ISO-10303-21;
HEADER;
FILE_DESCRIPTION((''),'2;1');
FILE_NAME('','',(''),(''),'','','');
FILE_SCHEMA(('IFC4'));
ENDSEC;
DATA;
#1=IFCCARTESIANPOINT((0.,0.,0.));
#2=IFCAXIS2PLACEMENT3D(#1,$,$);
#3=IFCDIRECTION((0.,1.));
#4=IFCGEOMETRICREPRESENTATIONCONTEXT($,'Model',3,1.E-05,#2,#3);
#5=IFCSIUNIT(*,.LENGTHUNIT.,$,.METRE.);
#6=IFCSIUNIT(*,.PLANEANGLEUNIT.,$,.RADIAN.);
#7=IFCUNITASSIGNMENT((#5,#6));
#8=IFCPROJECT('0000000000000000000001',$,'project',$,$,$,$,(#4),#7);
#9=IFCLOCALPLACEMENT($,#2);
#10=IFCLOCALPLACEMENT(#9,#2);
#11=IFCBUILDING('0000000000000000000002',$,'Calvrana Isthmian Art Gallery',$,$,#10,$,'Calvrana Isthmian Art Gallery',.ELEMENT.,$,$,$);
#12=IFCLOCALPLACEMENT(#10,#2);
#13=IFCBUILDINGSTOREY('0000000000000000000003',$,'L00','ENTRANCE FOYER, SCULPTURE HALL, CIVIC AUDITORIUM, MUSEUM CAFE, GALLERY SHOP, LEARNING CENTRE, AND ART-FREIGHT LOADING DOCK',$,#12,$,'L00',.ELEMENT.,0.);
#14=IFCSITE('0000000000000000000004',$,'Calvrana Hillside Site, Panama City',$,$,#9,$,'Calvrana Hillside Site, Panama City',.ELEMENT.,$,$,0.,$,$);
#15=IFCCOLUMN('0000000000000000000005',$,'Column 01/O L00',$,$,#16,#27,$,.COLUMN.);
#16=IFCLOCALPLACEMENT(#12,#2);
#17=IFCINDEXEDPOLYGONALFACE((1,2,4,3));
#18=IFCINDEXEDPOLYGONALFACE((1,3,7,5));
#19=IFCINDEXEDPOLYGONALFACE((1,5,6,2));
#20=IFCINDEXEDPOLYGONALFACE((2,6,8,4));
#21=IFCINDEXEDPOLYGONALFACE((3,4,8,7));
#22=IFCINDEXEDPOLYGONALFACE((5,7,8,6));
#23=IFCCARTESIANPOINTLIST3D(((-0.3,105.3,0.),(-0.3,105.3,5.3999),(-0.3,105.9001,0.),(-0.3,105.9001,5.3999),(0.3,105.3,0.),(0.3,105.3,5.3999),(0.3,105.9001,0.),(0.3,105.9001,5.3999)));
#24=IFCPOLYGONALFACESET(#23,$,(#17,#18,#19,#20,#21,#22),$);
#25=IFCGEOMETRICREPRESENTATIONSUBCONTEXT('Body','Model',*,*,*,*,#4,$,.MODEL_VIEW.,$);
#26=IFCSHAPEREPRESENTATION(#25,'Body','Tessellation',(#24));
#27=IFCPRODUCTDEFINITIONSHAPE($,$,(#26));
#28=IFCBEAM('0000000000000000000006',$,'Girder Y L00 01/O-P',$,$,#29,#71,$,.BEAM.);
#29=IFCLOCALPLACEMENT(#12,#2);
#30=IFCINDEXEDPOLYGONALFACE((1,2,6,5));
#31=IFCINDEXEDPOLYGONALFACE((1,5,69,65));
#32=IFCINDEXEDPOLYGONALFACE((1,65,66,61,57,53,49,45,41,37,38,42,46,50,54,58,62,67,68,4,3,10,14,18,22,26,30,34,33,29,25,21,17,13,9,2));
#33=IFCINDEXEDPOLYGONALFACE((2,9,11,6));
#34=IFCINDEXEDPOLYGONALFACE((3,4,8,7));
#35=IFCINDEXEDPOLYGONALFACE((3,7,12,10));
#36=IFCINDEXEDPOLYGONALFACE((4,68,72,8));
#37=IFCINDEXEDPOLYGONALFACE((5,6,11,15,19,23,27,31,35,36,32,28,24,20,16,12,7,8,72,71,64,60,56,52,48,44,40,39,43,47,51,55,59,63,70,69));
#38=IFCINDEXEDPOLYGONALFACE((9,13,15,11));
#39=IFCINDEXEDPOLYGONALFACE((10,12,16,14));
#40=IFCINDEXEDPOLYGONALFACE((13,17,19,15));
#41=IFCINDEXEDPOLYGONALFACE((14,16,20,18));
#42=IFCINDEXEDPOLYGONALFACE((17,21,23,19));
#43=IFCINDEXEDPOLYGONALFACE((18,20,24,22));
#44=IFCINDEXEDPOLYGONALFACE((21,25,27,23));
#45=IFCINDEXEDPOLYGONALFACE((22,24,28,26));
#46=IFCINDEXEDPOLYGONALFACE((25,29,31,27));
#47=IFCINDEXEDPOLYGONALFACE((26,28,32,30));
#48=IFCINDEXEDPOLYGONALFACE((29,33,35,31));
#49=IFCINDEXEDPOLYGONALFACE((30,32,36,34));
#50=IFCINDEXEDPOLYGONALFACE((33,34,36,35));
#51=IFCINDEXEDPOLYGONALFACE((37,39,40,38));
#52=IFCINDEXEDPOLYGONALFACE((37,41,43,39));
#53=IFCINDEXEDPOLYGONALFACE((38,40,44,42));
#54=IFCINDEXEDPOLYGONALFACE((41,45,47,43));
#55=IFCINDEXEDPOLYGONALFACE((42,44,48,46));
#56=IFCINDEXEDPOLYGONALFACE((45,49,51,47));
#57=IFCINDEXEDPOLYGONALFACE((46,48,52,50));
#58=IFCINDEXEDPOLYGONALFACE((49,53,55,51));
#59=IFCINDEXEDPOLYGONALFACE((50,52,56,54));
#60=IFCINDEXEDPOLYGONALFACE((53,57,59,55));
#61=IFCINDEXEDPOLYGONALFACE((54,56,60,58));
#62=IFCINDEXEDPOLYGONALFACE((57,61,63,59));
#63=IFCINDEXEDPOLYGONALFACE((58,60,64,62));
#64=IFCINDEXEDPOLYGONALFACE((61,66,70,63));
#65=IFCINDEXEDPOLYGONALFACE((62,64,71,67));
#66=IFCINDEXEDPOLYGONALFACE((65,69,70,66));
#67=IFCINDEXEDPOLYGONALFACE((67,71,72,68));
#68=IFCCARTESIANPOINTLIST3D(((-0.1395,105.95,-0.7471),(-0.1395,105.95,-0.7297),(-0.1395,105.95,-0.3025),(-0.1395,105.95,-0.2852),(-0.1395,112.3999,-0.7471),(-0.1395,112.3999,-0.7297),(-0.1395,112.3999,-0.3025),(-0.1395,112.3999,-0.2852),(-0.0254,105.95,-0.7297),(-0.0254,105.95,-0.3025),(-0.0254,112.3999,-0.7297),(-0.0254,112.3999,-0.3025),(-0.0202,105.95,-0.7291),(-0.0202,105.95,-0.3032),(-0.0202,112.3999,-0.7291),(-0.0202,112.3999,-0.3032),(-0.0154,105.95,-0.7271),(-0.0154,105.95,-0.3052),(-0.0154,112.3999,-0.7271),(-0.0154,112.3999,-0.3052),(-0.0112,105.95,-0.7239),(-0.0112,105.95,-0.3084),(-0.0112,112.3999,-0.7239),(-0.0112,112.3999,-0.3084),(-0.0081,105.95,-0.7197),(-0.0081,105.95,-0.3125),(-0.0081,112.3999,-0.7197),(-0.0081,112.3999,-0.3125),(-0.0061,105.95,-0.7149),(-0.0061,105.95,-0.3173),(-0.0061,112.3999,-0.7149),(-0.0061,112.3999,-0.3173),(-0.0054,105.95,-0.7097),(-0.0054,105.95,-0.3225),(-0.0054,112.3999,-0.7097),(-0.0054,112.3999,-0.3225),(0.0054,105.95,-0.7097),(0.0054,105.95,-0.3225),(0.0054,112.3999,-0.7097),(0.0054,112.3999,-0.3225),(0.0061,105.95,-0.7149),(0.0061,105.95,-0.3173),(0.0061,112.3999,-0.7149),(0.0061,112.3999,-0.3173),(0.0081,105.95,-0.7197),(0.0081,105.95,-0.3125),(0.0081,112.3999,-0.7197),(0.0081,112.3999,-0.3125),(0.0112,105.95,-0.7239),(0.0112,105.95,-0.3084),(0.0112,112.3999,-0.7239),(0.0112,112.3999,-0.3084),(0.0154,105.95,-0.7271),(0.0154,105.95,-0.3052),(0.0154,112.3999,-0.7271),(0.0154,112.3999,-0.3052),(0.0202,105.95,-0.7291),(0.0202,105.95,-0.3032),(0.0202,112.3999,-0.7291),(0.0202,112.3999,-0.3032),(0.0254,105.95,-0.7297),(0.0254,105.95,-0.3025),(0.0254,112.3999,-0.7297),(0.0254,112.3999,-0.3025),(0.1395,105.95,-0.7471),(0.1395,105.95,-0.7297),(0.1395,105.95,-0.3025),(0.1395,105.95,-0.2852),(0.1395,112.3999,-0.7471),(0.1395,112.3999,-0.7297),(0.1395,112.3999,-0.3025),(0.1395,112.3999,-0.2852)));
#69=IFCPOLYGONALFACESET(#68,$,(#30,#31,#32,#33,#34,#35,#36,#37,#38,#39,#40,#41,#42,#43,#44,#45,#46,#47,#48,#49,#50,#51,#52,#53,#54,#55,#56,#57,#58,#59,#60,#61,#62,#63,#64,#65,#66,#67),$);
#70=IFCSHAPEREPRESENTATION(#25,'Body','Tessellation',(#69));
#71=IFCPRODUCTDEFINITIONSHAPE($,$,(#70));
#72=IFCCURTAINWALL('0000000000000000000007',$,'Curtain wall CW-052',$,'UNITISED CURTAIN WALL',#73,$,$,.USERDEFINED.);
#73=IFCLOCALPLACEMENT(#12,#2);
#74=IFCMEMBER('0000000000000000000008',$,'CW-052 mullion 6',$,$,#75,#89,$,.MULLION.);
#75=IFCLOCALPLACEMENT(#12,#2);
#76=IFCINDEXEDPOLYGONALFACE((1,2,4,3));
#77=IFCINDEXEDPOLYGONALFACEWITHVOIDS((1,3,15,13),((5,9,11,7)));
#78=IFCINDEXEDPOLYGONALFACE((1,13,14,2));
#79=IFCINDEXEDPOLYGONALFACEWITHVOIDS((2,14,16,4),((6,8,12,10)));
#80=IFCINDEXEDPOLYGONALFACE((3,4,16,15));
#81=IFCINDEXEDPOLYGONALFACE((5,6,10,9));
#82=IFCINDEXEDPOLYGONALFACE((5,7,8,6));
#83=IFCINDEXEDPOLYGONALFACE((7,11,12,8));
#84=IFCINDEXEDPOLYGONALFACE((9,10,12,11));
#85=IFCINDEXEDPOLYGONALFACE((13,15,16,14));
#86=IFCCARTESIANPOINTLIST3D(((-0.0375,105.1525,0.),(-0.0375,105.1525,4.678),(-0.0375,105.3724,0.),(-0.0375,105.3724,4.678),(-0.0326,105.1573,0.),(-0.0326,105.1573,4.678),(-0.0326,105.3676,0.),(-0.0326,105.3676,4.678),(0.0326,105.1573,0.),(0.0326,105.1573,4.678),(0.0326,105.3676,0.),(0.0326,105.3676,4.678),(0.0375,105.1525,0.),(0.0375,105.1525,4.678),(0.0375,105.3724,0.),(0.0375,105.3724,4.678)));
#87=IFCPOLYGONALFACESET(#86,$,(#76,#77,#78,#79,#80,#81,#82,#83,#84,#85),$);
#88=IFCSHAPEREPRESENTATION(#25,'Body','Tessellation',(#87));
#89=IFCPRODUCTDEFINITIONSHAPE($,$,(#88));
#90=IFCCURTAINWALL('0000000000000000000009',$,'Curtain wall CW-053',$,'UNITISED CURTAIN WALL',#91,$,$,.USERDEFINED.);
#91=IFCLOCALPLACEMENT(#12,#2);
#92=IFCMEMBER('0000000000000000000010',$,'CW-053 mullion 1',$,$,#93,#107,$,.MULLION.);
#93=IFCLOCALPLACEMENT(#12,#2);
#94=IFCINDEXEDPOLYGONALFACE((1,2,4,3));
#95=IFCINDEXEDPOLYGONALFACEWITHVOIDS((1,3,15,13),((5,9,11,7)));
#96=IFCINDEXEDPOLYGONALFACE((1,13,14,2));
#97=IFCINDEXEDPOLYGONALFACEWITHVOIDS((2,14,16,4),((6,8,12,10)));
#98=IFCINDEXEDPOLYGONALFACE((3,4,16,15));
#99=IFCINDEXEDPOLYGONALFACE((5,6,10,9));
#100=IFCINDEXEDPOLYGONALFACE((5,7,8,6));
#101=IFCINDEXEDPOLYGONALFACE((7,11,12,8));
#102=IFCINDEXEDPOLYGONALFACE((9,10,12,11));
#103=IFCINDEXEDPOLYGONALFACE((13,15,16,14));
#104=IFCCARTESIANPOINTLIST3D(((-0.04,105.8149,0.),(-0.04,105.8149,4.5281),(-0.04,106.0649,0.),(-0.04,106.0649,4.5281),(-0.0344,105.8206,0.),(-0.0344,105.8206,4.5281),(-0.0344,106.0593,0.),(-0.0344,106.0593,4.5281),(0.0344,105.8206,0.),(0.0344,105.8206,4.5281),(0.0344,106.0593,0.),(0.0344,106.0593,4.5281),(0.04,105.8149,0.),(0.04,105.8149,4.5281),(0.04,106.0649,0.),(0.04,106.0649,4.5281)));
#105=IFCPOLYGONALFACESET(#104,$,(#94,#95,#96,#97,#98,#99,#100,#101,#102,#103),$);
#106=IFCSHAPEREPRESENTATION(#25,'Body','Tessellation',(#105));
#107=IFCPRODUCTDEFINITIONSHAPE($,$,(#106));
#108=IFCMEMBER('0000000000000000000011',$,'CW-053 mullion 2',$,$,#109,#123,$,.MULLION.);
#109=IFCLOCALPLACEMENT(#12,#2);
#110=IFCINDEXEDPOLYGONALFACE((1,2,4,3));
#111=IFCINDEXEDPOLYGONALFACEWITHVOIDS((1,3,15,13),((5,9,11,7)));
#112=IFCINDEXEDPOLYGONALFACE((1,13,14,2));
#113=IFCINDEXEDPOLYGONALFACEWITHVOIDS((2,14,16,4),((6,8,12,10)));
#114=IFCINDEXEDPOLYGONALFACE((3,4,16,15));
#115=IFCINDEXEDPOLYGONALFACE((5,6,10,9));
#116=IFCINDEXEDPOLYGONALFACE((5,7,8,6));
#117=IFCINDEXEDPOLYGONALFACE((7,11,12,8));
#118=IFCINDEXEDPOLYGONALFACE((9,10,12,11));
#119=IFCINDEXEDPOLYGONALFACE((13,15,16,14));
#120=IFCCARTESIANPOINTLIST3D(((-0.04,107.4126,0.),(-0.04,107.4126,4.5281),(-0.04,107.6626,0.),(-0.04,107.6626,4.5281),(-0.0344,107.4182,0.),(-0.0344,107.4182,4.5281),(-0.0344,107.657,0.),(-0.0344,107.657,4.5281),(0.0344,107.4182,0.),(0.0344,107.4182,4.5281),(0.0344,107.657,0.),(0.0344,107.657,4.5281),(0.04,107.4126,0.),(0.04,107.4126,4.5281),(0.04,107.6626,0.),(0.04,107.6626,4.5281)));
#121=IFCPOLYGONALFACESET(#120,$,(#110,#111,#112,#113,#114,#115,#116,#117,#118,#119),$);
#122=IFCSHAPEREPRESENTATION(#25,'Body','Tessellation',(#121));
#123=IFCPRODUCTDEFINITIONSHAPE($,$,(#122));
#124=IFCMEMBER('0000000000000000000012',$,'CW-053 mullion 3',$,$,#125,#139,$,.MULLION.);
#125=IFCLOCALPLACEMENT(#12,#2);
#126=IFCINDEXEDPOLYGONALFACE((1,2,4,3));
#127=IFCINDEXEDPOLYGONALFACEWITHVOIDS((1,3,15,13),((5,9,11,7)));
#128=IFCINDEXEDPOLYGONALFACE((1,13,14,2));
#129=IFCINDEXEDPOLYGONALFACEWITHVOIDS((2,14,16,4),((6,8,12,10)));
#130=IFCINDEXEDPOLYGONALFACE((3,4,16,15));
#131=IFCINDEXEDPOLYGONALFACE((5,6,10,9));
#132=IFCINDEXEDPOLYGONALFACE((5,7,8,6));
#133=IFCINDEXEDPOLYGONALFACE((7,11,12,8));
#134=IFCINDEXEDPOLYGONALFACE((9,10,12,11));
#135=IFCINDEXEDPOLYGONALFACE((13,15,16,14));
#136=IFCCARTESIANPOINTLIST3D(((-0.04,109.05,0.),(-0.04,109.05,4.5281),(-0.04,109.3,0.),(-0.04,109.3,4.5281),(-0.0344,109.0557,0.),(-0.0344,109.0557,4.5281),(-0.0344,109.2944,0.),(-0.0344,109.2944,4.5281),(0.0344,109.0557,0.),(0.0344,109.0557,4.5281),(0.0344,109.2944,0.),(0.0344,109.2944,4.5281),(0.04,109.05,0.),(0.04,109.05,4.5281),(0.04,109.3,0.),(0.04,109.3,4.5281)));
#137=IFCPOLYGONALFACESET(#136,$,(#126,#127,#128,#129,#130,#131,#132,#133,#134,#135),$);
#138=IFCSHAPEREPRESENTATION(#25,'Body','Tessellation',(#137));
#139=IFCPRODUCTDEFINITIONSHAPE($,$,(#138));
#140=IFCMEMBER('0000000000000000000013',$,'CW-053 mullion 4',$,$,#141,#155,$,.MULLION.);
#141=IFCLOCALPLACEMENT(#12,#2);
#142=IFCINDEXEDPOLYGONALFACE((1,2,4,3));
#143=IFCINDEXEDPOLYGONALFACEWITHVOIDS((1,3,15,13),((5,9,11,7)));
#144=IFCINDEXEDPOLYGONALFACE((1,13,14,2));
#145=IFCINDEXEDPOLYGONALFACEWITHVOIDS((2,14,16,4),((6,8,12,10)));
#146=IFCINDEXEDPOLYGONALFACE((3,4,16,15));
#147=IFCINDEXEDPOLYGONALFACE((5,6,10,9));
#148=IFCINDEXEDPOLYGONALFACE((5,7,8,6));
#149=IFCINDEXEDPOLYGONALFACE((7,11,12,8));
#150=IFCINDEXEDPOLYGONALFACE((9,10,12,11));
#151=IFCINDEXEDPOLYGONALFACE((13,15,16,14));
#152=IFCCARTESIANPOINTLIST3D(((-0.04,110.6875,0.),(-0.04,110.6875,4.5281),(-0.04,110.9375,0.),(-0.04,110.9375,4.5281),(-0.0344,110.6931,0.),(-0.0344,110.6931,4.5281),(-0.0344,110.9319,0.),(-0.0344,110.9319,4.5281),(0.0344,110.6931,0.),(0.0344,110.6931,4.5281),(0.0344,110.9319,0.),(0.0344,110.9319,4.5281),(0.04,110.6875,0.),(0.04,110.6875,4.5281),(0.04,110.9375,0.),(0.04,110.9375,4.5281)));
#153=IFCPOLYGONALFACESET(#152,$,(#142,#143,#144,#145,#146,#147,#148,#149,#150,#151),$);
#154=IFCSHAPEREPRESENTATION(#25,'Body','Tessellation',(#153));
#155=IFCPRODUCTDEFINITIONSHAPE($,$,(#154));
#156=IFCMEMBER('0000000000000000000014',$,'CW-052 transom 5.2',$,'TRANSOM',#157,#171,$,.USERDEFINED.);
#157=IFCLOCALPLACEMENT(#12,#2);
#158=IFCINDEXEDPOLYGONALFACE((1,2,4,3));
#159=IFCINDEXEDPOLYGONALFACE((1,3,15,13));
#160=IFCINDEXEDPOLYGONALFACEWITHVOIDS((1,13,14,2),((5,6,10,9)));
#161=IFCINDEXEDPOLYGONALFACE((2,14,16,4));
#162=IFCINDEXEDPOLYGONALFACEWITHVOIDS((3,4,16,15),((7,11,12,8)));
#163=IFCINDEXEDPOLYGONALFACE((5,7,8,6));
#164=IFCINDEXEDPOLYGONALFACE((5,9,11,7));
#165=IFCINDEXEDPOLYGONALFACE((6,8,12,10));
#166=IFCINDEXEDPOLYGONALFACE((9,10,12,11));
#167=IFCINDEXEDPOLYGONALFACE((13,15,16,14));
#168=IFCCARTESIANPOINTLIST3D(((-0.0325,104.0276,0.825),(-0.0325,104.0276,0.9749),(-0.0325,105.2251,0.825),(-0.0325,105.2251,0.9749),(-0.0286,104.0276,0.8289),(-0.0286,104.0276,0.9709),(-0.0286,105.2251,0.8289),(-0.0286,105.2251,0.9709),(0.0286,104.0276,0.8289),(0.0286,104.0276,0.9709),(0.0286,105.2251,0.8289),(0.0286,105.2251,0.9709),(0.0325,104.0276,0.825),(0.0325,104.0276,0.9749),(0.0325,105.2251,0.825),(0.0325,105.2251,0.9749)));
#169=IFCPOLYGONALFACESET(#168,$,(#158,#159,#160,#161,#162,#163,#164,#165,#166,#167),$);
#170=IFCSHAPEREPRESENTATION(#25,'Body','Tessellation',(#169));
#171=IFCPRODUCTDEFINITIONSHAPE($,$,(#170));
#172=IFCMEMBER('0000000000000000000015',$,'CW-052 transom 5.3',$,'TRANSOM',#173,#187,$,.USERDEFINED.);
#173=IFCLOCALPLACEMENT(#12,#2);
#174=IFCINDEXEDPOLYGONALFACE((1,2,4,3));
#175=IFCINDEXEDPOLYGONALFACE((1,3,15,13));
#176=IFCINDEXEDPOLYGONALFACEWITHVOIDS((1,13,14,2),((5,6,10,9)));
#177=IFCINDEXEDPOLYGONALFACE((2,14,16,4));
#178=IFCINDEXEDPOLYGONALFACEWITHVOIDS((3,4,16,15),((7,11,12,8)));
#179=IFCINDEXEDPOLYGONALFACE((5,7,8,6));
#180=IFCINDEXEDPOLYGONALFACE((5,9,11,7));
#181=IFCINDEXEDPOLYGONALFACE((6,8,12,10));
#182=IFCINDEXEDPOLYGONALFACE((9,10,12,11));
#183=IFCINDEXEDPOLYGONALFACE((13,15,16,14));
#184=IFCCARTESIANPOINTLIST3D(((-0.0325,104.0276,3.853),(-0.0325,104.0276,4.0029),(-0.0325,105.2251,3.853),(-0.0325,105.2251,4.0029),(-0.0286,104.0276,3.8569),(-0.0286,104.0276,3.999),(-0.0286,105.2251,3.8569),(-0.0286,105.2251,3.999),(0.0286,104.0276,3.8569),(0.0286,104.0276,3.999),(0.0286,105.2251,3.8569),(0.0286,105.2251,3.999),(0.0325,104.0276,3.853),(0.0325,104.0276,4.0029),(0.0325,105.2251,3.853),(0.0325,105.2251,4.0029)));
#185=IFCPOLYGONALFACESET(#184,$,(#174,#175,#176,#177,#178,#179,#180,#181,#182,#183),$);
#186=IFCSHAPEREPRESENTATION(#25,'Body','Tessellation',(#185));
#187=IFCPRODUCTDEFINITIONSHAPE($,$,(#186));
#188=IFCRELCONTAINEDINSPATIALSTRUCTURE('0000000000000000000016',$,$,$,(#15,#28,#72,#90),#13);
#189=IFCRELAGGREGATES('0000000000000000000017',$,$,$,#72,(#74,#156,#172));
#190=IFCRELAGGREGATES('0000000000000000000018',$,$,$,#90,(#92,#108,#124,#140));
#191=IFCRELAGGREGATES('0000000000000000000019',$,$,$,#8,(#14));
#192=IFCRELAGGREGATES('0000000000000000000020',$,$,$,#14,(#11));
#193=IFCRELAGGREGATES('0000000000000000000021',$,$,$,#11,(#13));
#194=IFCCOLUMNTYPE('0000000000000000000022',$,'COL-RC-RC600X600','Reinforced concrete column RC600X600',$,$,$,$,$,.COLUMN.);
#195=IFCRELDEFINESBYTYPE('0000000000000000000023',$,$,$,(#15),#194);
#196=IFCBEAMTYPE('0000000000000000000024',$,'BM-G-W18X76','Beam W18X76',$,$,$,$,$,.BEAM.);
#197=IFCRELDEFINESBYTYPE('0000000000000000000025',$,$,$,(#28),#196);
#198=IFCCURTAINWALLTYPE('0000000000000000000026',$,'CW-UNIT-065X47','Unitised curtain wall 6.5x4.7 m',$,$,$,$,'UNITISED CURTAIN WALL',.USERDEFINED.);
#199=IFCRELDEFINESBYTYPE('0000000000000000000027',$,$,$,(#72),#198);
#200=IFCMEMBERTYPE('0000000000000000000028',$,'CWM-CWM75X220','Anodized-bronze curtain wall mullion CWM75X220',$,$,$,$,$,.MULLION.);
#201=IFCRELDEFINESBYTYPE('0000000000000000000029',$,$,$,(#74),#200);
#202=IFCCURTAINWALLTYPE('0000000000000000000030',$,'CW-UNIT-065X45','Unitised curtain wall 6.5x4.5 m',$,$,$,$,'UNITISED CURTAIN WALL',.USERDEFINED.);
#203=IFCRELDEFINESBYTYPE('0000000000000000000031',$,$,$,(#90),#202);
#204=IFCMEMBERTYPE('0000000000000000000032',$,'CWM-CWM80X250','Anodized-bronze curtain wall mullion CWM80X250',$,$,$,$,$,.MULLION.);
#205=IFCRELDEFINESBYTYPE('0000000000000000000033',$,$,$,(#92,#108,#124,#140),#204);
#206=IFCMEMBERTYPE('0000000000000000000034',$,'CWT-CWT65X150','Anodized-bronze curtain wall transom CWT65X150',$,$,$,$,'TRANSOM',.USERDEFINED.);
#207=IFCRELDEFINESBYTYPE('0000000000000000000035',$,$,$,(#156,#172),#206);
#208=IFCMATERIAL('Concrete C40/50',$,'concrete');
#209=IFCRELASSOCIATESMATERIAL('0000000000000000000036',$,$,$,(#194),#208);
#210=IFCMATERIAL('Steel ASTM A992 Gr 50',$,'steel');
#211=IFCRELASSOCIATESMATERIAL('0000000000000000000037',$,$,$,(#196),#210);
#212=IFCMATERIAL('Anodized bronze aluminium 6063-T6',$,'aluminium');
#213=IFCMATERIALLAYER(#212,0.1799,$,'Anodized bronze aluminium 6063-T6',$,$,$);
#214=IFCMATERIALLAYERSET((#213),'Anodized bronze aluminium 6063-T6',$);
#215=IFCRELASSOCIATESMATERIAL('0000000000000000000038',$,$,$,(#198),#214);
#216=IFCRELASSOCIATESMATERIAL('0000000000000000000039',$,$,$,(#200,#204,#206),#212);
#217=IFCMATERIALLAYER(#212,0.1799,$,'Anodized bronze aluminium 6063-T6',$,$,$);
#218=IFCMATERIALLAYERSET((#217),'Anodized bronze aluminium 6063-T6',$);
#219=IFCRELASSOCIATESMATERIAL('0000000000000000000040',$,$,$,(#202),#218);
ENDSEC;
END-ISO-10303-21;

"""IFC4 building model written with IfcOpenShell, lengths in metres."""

from ifc_helpers import new_model, si_unit, direction, frame, origin, origin_2d, place, context, subcontext, project, spatial, rectangle, hollow_rectangle, i_section, extrude, material, layer, layer_set, material_profile, profile_set, type_object, element, aggregate, save


model = new_model("IFC4")

# Units and contexts
model_context = context("Model", 3, precision=1e-05, world=origin(), true_north=direction((0.0, 1.0)))
body_context = subcontext(model_context, "Body", "Model", "MODEL_VIEW")
ifc_project = project(units=[si_unit("LENGTHUNIT", "METRE"), si_unit("PLANEANGLEUNIT", "RADIAN")], contexts=[model_context])

# Site, building, storey
site_placement = place(None, origin())
site = spatial("IfcSite", under=ifc_project, at=site_placement, Name="Calvrana Hillside Site, Panama City", LongName="Calvrana Hillside Site, Panama City", CompositionType="ELEMENT", RefElevation=0.0)
building_placement = place(site_placement, origin())
building = spatial("IfcBuilding", under=site, at=building_placement, Name="Calvrana Isthmian Art Gallery", LongName="Calvrana Isthmian Art Gallery", CompositionType="ELEMENT")
storey_placement = place(building_placement, origin())
storey = spatial("IfcBuildingStorey", under=building, at=storey_placement, Name="L00", Description="ENTRANCE FOYER, SCULPTURE HALL, CIVIC AUDITORIUM, MUSEUM CAFE, GALLERY SHOP, LEARNING CENTRE, AND ART-FREIGHT LOADING DOCK", LongName="L00", CompositionType="ELEMENT", Elevation=0.0)

# Column
ifc_material_1 = material(Name="Concrete C40/50", Category="concrete")
ifc_material_profile_1 = material_profile(ifc_material_1, rectangle(XDim=0.6001, YDim=0.6001, at=origin_2d()), Name="RC600X600")
ifc_profile_set_1 = profile_set([ifc_material_profile_1], Name="Concrete C40/50")
column_type = type_object("IfcColumnType", Name="COL-RC-RC600X600", Description="Reinforced concrete column RC600X600", PredefinedType="COLUMN", material=ifc_profile_set_1)
column_placement = place(storey_placement, frame((0.0, 105.6001, 0.0), z_axis=(0.0, 0.0, 1.0), x_axis=(1.0, 0.0, 0.0)))
element("IfcColumn", 1, at=column_placement, inside=storey, type_object=column_type, Name="Column 01/O L00", PredefinedType="COLUMN", context=body_context, shape_type="SweptSolid", body=[
    extrude(rectangle(XDim=0.6001, YDim=0.6001, at=origin_2d()), origin(), (0.0, 0.0, 1.0), 5.3999),
])

# Beam
ifc_material_2 = material(Name="Steel ASTM A992 Gr 50", Category="steel")
ifc_material_profile_2 = material_profile(ifc_material_2, i_section(OverallWidth=0.2791, OverallDepth=0.4619, WebThickness=0.0107, FlangeThickness=0.0173, FilletRadius=0.02, at=origin_2d()), Name="W18X76")
ifc_profile_set_2 = profile_set([ifc_material_profile_2], Name="Steel ASTM A992 Gr 50")
beam_type = type_object("IfcBeamType", Name="BM-G-W18X76", Description="Beam W18X76", PredefinedType="BEAM", material=ifc_profile_set_2)
beam_placement = place(storey_placement, frame((0.0, 105.95, -0.5161), z_axis=(0.0, 1.0, 0.0), x_axis=(-1.0, 0.0, 0.0)))
element("IfcBeam", 2, at=beam_placement, inside=storey, type_object=beam_type, Name="Girder Y L00 01/O-P", PredefinedType="BEAM", context=body_context, shape_type="SweptSolid", body=[
    extrude(i_section(OverallWidth=0.2791, OverallDepth=0.4619, WebThickness=0.0107, FlangeThickness=0.0173, FilletRadius=0.02, at=origin_2d()), origin(), (0.0, 0.0, 1.0), 6.45),
])

# Curtain wall, member
ifc_material_3 = material(Name="Anodized bronze aluminium 6063-T6", Category="aluminium")
ifc_layer_1 = layer(ifc_material_3, 0.1799, Name="Anodized bronze aluminium 6063-T6")
ifc_layer_set_1 = layer_set([ifc_layer_1], Name="Anodized bronze aluminium 6063-T6")
curtain_wall_type_1 = type_object("IfcCurtainWallType", Name="CW-UNIT-065X47", Description="Unitised curtain wall 6.5x4.7 m", ElementType="UNITISED CURTAIN WALL", PredefinedType="USERDEFINED", material=ifc_layer_set_1)
curtain_wall_1_placement = place(storey_placement, origin())
curtain_wall_1 = element("IfcCurtainWall", 3, at=curtain_wall_1_placement, inside=storey, type_object=curtain_wall_type_1, Name="Curtain wall CW-052", ObjectType="UNITISED CURTAIN WALL", PredefinedType="USERDEFINED")
ifc_material_profile_3 = material_profile(ifc_material_3, hollow_rectangle(XDim=0.075, YDim=0.22, WallThickness=0.0049, at=origin_2d()), Name="CWM75X220")
ifc_profile_set_3 = profile_set([ifc_material_profile_3], Name="Anodized bronze aluminium 6063-T6")
member_type_1 = type_object("IfcMemberType", Name="CWM-CWM75X220", Description="Anodized-bronze curtain wall mullion CWM75X220", PredefinedType="MULLION", material=ifc_profile_set_3)
member_1_placement = place(storey_placement, frame((0.0, 105.2625, 0.0), z_axis=(0.0, 0.0, 1.0), x_axis=(-1.0, 0.0, 0.0)))
member_1 = element("IfcMember", 4, at=member_1_placement, type_object=member_type_1, Name="CW-052 mullion 6", PredefinedType="MULLION", context=body_context, shape_type="SweptSolid", body=[
    extrude(hollow_rectangle(XDim=0.075, YDim=0.22, WallThickness=0.0049, at=origin_2d()), origin(), (0.0, 0.0, 1.0), 4.678),
])

# Curtain wall, members
ifc_layer_2 = layer(ifc_material_3, 0.1799, Name="Anodized bronze aluminium 6063-T6")
ifc_layer_set_2 = layer_set([ifc_layer_2], Name="Anodized bronze aluminium 6063-T6")
curtain_wall_type_2 = type_object("IfcCurtainWallType", Name="CW-UNIT-065X45", Description="Unitised curtain wall 6.5x4.5 m", ElementType="UNITISED CURTAIN WALL", PredefinedType="USERDEFINED", material=ifc_layer_set_2)
curtain_wall_2_placement = place(storey_placement, origin())
curtain_wall_2 = element("IfcCurtainWall", 5, at=curtain_wall_2_placement, inside=storey, type_object=curtain_wall_type_2, Name="Curtain wall CW-053", ObjectType="UNITISED CURTAIN WALL", PredefinedType="USERDEFINED")
ifc_material_profile_4 = material_profile(ifc_material_3, hollow_rectangle(XDim=0.0801, YDim=0.25, WallThickness=0.0056, at=origin_2d()), Name="CWM80X250")
ifc_profile_set_4 = profile_set([ifc_material_profile_4], Name="Anodized bronze aluminium 6063-T6")
member_type_2 = type_object("IfcMemberType", Name="CWM-CWM80X250", Description="Anodized-bronze curtain wall mullion CWM80X250", PredefinedType="MULLION", material=ifc_profile_set_4)
member_2_placement = place(storey_placement, frame((0.0, 105.9399, 0.0), z_axis=(0.0, 0.0, 1.0), x_axis=(-1.0, 0.0, 0.0)))
member_2 = element("IfcMember", 6, at=member_2_placement, type_object=member_type_2, Name="CW-053 mullion 1", PredefinedType="MULLION", context=body_context, shape_type="SweptSolid", body=[
    extrude(hollow_rectangle(XDim=0.0801, YDim=0.25, WallThickness=0.0056, at=origin_2d()), origin(), (0.0, 0.0, 1.0), 4.5281),
])
member_3_placement = place(storey_placement, frame((0.0, 107.5376, 0.0), z_axis=(0.0, 0.0, 1.0), x_axis=(-1.0, 0.0, 0.0)))
member_3 = element("IfcMember", 7, at=member_3_placement, type_object=member_type_2, Name="CW-053 mullion 2", PredefinedType="MULLION", context=body_context, shape_type="SweptSolid", body=[
    extrude(hollow_rectangle(XDim=0.0801, YDim=0.25, WallThickness=0.0056, at=origin_2d()), origin(), (0.0, 0.0, 1.0), 4.5281),
])
member_4_placement = place(storey_placement, frame((0.0, 109.175, 0.0), z_axis=(0.0, 0.0, 1.0), x_axis=(-1.0, 0.0, 0.0)))
member_4 = element("IfcMember", 8, at=member_4_placement, type_object=member_type_2, Name="CW-053 mullion 3", PredefinedType="MULLION", context=body_context, shape_type="SweptSolid", body=[
    extrude(hollow_rectangle(XDim=0.0801, YDim=0.25, WallThickness=0.0056, at=origin_2d()), origin(), (0.0, 0.0, 1.0), 4.5281),
])
member_5_placement = place(storey_placement, frame((0.0, 110.8125, 0.0), z_axis=(0.0, 0.0, 1.0), x_axis=(-1.0, 0.0, 0.0)))
member_5 = element("IfcMember", 9, at=member_5_placement, type_object=member_type_2, Name="CW-053 mullion 4", PredefinedType="MULLION", context=body_context, shape_type="SweptSolid", body=[
    extrude(hollow_rectangle(XDim=0.0801, YDim=0.25, WallThickness=0.0056, at=origin_2d()), origin(), (0.0, 0.0, 1.0), 4.5281),
])

# Members
ifc_material_profile_5 = material_profile(ifc_material_3, hollow_rectangle(XDim=0.0649, YDim=0.1499, WallThickness=0.0039, at=origin_2d()), Name="CWT65X150")
ifc_profile_set_5 = profile_set([ifc_material_profile_5], Name="Anodized bronze aluminium 6063-T6")
member_type_3 = type_object("IfcMemberType", Name="CWT-CWT65X150", Description="Anodized-bronze curtain wall transom CWT65X150", ElementType="TRANSOM", PredefinedType="USERDEFINED", material=ifc_profile_set_5)
member_6_placement = place(storey_placement, frame((0.0, 104.0276, 0.8999), z_axis=(0.0, 1.0, 0.0), x_axis=(-1.0, 0.0, 0.0)))
member_6 = element("IfcMember", 10, at=member_6_placement, type_object=member_type_3, Name="CW-052 transom 5.2", ObjectType="TRANSOM", PredefinedType="USERDEFINED", context=body_context, shape_type="SweptSolid", body=[
    extrude(hollow_rectangle(XDim=0.0649, YDim=0.1499, WallThickness=0.0039, at=origin_2d()), origin(), (0.0, 0.0, 1.0), 1.1975),
])
member_7_placement = place(storey_placement, frame((0.0, 104.0276, 3.928), z_axis=(0.0, 1.0, 0.0), x_axis=(-1.0, 0.0, 0.0)))
member_7 = element("IfcMember", 11, at=member_7_placement, type_object=member_type_3, Name="CW-052 transom 5.3", ObjectType="TRANSOM", PredefinedType="USERDEFINED", context=body_context, shape_type="SweptSolid", body=[
    extrude(hollow_rectangle(XDim=0.0649, YDim=0.1499, WallThickness=0.0039, at=origin_2d()), origin(), (0.0, 0.0, 1.0), 1.1975),
])

aggregate(curtain_wall_1, [member_1, member_6, member_7])
aggregate(curtain_wall_2, [member_2, member_3, member_4, member_5])

save(model, "model.ifc")
